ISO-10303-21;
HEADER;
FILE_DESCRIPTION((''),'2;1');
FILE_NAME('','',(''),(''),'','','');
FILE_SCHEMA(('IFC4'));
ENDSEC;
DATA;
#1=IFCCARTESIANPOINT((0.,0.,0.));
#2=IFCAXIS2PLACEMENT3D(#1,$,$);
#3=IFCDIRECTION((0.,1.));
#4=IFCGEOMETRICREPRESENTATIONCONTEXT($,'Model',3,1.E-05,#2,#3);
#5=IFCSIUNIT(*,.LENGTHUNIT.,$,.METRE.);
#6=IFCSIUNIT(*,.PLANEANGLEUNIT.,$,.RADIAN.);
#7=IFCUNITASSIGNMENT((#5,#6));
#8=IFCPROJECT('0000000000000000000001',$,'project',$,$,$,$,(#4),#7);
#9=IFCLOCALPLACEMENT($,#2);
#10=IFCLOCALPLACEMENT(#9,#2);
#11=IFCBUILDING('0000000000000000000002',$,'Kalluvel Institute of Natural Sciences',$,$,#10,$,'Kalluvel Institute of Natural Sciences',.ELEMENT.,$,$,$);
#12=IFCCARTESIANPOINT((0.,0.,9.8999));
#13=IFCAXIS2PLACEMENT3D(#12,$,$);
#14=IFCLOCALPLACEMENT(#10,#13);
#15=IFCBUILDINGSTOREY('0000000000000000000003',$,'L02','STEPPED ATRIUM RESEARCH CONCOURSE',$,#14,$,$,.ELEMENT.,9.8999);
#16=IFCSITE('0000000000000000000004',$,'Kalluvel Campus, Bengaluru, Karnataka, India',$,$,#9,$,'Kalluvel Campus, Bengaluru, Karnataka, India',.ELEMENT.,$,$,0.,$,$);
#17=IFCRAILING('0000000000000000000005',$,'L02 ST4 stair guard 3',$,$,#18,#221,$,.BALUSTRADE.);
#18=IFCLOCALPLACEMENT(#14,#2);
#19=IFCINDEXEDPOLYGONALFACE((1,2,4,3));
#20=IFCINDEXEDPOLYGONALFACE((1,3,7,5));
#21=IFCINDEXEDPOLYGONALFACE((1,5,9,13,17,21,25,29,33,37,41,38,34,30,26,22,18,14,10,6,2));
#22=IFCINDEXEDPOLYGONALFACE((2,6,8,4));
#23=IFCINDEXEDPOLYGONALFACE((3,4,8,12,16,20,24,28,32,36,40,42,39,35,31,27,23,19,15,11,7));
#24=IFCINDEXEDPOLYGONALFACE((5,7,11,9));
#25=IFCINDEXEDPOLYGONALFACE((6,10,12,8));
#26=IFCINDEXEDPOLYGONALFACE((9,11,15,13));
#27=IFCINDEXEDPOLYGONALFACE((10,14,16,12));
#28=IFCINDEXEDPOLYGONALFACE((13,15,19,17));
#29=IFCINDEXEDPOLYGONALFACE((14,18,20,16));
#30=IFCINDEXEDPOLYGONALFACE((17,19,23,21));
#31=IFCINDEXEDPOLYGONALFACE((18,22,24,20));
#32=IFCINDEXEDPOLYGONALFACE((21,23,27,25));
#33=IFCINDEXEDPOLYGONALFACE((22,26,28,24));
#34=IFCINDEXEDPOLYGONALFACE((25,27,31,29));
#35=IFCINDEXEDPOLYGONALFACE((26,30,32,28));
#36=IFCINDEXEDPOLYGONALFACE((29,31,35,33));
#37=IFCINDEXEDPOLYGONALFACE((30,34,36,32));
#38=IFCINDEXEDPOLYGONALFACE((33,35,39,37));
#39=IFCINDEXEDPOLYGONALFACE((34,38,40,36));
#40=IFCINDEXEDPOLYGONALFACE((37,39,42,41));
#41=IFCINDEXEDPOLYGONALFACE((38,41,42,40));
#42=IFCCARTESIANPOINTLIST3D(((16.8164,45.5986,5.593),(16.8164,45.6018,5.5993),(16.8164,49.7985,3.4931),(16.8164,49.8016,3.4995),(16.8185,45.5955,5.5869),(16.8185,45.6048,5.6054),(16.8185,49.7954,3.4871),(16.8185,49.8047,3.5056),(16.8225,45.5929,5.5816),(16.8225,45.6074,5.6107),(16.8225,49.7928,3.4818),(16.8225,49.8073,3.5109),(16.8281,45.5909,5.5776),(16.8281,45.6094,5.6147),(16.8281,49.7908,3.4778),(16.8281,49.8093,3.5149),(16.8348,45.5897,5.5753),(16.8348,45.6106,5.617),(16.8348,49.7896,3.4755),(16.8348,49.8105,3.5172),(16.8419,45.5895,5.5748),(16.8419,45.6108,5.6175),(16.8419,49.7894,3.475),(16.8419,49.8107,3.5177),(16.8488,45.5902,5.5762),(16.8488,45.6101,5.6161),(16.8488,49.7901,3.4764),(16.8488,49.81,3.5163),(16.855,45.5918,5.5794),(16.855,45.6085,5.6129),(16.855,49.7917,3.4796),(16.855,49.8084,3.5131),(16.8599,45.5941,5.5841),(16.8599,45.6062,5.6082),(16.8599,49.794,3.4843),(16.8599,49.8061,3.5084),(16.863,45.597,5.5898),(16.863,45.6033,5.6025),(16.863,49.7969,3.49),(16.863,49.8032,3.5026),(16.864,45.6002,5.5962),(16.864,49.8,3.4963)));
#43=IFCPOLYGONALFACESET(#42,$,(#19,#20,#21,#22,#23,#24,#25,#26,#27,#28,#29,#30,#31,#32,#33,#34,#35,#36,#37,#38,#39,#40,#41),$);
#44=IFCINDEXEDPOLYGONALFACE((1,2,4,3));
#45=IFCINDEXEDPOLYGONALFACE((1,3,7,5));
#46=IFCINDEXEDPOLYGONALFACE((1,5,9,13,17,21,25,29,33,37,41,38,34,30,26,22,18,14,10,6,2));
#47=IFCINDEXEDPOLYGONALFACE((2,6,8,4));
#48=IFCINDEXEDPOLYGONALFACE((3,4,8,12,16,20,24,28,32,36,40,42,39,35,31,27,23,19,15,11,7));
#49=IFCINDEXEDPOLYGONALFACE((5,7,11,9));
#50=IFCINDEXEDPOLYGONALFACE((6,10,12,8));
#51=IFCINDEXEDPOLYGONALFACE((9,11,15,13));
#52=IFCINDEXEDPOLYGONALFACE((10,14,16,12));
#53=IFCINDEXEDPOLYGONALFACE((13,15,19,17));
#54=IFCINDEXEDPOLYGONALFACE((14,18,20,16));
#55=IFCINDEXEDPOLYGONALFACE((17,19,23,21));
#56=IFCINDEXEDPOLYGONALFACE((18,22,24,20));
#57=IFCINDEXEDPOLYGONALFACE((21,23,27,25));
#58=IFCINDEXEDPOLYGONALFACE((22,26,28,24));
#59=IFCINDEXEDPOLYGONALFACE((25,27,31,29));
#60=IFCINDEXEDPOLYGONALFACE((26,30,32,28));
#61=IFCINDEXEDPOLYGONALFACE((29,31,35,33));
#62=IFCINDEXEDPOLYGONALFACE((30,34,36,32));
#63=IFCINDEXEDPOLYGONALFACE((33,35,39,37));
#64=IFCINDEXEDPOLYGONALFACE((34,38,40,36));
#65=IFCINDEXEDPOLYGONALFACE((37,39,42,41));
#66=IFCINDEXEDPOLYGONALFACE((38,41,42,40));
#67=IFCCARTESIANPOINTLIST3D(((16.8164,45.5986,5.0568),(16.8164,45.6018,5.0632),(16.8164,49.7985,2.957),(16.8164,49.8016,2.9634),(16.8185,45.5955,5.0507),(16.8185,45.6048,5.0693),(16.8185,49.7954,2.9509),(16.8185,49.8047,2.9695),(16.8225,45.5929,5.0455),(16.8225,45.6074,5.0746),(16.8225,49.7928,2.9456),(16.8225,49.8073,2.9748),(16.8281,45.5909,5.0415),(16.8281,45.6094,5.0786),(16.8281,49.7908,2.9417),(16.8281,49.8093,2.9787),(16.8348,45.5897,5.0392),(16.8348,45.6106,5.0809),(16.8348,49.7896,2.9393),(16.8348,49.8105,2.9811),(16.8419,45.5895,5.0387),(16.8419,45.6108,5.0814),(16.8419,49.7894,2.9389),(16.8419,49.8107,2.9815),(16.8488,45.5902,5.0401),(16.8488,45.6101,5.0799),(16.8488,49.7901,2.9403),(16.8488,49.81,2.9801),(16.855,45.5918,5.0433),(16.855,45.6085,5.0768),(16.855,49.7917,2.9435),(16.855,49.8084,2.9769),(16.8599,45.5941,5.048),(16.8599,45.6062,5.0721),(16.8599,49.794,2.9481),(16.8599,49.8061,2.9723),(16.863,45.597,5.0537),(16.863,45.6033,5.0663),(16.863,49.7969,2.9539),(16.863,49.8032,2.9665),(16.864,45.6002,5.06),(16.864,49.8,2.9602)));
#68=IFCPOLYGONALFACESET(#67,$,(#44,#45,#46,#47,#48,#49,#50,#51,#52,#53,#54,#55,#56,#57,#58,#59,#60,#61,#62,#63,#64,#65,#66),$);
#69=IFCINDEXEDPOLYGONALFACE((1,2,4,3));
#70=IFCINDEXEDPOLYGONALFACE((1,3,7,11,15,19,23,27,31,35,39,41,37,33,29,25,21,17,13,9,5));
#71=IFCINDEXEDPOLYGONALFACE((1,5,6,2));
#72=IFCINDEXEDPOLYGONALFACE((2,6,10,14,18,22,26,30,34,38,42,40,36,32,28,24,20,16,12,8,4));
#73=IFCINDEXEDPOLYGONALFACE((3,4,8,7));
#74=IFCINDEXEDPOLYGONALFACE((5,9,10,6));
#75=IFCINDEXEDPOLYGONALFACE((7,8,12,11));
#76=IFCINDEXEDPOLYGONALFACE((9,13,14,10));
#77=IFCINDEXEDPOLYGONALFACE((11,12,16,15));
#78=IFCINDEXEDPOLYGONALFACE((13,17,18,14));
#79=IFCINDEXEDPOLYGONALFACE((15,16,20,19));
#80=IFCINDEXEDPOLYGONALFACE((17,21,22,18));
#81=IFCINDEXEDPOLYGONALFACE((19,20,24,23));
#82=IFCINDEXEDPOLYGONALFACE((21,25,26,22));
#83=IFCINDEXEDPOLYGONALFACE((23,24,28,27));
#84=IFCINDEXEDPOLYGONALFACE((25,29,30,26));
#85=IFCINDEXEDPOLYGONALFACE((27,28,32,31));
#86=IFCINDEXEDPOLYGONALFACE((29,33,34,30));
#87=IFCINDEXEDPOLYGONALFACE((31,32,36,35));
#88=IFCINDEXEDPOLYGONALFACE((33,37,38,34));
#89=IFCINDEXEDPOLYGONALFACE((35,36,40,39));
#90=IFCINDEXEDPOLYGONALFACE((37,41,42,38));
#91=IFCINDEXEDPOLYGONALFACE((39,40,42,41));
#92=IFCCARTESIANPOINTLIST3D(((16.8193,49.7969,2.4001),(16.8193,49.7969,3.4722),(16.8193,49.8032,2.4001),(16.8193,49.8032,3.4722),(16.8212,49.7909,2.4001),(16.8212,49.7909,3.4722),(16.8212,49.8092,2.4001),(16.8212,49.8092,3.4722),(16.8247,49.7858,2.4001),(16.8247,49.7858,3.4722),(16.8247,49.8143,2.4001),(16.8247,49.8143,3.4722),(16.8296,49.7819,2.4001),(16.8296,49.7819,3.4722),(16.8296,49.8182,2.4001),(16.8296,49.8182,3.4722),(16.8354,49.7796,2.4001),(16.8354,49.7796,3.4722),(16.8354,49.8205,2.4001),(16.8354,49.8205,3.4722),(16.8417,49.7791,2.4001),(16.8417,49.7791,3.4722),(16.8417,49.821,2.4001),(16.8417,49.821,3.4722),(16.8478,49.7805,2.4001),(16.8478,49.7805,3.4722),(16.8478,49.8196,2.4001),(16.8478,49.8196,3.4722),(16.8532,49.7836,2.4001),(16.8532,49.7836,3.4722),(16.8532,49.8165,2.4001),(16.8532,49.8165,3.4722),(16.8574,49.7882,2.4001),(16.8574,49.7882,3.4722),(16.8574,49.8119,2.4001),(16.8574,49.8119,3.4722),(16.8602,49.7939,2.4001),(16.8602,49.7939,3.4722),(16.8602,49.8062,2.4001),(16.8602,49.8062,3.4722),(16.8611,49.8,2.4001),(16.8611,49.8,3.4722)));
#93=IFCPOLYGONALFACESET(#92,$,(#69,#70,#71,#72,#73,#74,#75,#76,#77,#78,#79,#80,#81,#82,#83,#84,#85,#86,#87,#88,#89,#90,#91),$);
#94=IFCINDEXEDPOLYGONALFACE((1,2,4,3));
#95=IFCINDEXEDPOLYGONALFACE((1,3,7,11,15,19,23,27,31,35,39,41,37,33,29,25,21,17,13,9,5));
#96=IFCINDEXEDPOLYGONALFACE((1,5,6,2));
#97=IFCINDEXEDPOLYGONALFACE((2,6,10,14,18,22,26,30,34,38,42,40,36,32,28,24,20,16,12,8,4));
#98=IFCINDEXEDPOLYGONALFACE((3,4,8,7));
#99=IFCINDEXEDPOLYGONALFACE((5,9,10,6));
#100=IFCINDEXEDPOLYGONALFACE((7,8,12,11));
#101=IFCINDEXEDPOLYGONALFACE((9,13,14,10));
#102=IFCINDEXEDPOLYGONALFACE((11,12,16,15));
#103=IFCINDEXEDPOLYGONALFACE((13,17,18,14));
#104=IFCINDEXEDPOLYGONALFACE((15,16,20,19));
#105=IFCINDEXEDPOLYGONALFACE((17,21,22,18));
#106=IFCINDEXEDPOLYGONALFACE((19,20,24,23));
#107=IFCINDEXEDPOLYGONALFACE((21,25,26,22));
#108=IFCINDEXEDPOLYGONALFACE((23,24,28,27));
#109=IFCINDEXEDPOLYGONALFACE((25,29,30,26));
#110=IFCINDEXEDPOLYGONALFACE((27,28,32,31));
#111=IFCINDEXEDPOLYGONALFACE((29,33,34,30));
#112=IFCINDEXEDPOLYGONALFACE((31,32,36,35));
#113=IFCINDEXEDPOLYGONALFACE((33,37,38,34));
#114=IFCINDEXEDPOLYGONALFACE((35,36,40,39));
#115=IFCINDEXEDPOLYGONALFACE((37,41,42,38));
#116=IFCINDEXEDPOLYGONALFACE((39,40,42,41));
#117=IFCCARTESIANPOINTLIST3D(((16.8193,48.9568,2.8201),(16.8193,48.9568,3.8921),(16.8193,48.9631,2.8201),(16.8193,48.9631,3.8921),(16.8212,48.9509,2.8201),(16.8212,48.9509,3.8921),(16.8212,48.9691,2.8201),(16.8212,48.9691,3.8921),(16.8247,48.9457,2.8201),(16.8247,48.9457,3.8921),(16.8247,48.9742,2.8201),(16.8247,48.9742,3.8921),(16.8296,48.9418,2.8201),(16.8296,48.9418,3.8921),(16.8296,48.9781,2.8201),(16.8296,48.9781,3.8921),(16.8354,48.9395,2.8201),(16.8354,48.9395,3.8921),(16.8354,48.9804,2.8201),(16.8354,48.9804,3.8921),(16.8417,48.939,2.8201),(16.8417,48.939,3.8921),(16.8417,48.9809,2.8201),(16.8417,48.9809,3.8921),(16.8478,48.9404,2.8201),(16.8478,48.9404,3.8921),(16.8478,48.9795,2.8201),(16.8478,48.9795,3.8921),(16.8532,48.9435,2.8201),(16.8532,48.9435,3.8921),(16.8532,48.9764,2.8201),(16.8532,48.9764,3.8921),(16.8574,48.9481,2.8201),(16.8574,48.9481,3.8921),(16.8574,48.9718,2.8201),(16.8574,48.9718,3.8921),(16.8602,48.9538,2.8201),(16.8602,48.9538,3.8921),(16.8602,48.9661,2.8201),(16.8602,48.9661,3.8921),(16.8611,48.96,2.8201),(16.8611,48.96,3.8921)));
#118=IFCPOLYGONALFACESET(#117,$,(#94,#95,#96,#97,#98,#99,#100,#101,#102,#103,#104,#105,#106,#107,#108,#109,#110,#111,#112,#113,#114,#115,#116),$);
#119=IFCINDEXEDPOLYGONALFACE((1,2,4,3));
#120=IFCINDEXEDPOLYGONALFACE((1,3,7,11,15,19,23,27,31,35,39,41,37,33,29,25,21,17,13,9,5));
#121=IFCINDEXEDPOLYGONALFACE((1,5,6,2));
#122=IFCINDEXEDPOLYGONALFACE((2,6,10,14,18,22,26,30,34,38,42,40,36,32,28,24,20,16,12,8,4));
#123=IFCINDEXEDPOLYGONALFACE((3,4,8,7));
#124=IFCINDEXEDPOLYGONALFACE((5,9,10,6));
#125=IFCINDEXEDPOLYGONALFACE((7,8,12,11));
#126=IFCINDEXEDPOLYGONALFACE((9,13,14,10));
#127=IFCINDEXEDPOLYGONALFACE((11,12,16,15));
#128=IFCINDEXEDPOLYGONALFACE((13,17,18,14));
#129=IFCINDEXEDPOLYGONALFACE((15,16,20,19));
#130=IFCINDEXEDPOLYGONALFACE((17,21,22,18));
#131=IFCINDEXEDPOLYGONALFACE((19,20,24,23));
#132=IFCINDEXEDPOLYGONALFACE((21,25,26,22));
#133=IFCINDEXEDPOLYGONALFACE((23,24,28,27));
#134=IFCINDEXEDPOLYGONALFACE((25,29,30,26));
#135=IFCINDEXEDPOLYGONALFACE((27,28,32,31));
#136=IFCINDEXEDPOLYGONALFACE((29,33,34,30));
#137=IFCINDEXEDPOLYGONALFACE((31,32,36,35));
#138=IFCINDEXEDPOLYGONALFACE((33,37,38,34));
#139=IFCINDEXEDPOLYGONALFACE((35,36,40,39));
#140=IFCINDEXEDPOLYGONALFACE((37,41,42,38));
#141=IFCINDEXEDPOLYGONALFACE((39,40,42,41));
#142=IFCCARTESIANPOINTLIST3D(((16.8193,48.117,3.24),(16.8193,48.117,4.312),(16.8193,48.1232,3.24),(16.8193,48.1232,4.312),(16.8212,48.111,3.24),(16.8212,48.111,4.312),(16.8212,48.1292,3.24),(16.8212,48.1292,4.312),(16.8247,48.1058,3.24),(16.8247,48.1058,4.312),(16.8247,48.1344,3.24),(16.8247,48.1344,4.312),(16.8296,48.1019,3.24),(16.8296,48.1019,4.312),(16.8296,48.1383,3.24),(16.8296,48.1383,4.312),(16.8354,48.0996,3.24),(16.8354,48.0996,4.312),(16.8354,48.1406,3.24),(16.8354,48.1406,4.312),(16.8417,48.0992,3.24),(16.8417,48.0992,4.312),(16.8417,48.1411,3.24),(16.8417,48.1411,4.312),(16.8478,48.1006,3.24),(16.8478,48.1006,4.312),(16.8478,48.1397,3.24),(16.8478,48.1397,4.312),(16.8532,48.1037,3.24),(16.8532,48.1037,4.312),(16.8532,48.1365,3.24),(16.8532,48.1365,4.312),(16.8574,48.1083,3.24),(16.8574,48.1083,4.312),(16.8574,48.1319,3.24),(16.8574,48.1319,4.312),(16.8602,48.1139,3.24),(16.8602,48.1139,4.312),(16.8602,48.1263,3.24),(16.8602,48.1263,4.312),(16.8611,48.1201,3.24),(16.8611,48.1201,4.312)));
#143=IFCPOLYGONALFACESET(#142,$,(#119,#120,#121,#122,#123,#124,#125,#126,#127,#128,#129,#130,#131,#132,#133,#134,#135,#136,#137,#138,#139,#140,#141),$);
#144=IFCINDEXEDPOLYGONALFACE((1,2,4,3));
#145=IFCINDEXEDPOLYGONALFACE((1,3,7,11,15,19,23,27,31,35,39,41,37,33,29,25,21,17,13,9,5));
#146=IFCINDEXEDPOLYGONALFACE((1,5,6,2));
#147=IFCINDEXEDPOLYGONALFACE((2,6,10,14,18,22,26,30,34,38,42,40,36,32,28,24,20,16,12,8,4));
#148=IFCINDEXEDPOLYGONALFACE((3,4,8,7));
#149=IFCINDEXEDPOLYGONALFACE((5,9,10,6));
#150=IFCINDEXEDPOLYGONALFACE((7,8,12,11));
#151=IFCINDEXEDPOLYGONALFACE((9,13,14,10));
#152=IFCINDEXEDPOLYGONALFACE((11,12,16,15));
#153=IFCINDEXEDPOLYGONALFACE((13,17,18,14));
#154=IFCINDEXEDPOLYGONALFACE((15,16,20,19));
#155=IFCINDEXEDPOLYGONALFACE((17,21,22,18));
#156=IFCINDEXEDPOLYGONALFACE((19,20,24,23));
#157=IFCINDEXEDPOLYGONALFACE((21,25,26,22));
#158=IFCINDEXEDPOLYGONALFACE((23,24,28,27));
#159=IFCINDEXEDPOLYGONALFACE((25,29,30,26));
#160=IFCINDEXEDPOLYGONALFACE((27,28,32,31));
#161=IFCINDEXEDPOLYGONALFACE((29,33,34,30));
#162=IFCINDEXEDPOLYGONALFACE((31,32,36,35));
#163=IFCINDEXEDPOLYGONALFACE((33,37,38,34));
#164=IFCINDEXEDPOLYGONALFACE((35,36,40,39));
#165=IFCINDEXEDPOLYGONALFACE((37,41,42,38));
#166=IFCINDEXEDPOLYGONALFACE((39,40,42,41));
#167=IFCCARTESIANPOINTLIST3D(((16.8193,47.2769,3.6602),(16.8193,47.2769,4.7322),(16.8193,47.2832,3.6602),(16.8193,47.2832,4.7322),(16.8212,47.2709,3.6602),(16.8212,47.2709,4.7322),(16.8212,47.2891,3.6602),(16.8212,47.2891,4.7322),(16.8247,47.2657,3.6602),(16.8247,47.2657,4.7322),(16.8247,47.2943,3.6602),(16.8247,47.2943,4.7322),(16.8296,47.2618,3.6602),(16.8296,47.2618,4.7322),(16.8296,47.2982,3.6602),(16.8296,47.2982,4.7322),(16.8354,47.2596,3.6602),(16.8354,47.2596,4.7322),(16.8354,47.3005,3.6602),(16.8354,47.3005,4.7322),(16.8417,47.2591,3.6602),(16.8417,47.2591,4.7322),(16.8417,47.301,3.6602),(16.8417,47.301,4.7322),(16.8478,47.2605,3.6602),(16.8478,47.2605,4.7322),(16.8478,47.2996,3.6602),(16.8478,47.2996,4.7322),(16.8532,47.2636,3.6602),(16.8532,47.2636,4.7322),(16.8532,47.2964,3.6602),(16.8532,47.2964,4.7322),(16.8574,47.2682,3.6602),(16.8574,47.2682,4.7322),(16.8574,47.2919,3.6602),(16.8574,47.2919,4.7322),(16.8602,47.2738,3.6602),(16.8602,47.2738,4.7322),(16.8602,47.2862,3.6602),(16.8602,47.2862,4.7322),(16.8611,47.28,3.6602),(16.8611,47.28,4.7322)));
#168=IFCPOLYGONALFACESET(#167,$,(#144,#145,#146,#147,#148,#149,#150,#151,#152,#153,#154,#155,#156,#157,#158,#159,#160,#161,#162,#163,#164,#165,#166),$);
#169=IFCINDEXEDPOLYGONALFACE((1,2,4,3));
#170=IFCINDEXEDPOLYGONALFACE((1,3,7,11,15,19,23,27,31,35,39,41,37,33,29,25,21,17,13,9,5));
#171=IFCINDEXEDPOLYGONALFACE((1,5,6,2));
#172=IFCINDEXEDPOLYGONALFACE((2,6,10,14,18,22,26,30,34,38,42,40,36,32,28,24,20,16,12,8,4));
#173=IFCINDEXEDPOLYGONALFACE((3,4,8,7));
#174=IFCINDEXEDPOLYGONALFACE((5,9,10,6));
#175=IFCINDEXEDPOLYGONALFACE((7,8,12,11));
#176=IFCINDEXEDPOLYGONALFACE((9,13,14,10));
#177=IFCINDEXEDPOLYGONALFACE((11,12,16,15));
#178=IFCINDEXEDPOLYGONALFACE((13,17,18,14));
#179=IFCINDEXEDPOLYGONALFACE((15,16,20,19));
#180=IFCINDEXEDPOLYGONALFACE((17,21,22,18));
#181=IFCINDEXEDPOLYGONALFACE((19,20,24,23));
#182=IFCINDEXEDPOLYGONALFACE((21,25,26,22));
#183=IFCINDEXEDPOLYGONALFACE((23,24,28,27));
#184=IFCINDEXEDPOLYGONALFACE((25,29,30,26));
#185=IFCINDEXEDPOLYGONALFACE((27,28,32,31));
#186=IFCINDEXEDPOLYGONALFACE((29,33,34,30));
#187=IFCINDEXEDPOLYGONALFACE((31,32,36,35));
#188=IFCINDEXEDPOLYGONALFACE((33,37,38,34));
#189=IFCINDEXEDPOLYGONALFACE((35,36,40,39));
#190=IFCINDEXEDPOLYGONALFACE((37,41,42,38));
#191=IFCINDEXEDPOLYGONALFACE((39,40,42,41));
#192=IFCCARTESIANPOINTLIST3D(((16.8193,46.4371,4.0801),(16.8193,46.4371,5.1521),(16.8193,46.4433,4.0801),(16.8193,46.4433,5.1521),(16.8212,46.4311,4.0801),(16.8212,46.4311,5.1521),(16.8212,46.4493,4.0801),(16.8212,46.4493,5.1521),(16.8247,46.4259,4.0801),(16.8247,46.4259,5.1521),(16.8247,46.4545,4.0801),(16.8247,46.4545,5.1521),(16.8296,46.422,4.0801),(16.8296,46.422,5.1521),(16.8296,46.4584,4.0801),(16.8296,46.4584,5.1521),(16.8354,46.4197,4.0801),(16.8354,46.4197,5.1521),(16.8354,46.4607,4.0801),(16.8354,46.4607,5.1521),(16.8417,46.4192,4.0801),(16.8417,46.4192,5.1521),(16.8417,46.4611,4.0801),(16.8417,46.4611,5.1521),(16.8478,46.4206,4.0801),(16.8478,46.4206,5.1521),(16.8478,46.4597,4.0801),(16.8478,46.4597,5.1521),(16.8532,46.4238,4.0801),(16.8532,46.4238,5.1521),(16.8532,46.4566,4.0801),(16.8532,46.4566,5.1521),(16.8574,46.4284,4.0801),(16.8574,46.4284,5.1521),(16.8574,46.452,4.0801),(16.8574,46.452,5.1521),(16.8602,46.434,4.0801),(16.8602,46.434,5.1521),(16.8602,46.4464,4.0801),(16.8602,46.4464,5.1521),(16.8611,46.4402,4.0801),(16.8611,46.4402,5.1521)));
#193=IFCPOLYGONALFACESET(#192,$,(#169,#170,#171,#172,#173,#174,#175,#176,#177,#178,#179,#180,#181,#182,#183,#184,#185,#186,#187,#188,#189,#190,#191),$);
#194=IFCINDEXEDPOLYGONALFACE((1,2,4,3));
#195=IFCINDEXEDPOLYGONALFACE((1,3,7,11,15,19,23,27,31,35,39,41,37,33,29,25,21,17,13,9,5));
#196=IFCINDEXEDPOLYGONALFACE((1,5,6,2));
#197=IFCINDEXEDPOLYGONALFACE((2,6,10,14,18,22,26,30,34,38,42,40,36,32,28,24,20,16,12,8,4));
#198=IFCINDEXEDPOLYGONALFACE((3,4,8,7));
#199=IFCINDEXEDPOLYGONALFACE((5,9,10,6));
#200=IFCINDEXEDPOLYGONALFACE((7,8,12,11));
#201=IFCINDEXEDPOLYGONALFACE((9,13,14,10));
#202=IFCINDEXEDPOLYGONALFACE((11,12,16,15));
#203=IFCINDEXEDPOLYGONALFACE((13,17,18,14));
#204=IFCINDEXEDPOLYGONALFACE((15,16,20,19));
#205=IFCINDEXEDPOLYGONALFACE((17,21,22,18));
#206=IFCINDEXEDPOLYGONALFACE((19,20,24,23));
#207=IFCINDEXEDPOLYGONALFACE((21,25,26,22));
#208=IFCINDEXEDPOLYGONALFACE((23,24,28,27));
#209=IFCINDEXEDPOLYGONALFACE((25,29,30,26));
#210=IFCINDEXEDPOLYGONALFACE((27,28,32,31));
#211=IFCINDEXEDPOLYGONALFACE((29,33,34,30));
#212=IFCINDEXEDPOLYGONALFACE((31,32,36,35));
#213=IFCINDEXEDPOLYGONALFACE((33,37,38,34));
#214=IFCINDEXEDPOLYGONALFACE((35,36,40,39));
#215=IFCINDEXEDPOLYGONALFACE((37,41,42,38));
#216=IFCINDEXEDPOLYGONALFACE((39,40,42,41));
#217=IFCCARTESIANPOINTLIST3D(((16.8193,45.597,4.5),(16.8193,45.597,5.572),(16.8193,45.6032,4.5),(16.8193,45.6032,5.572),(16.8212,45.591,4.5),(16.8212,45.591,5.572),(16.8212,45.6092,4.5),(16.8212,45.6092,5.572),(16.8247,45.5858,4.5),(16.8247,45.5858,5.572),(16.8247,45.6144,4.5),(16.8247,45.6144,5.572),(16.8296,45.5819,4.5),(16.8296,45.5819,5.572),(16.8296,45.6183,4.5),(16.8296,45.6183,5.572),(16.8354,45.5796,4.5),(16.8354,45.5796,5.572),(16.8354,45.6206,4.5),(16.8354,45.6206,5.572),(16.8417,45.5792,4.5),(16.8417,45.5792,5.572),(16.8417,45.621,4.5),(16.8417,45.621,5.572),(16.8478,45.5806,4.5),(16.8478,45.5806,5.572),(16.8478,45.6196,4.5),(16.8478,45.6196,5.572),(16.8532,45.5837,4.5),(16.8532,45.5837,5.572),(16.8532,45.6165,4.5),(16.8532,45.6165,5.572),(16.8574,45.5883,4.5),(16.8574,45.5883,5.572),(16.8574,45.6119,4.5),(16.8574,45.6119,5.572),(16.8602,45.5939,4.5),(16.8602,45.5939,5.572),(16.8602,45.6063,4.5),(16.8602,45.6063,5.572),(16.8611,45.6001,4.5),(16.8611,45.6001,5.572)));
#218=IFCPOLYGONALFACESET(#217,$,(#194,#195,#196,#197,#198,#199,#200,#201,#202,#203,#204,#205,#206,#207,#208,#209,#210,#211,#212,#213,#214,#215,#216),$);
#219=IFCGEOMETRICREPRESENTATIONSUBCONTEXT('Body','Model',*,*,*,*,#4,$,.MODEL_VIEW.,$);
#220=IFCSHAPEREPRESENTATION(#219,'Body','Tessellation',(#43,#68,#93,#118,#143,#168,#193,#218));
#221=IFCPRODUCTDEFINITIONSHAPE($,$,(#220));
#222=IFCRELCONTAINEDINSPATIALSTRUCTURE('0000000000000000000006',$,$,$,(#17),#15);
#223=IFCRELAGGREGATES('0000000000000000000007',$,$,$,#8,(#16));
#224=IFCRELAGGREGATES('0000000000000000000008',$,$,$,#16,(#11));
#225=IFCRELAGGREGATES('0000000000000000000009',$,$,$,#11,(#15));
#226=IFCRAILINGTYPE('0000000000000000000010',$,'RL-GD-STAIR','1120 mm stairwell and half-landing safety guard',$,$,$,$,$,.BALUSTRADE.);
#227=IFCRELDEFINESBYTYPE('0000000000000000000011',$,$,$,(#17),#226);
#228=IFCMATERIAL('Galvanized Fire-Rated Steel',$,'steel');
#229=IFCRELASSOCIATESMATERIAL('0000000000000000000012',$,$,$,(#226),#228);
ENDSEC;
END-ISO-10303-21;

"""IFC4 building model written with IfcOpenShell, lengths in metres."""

from ifc_helpers import new_model, si_unit, direction, frame, origin, origin_2d, place, context, subcontext, project, spatial, circle, extrude, material, type_object, element, save


model = new_model("IFC4")

# Units and contexts
model_context = context("Model", 3, precision=1e-05, world=origin(), true_north=direction((0.0, 1.0)))
body_context = subcontext(model_context, "Body", "Model", "MODEL_VIEW")
ifc_project = project(units=[si_unit("LENGTHUNIT", "METRE"), si_unit("PLANEANGLEUNIT", "RADIAN")], contexts=[model_context])

# Site, building, storey
site_placement = place(None, origin())
site = spatial("IfcSite", under=ifc_project, at=site_placement, Name="Kalluvel Campus, Bengaluru, Karnataka, India", LongName="Kalluvel Campus, Bengaluru, Karnataka, India", CompositionType="ELEMENT", RefElevation=0.0)
building_placement = place(site_placement, origin())
building = spatial("IfcBuilding", under=site, at=building_placement, Name="Kalluvel Institute of Natural Sciences", LongName="Kalluvel Institute of Natural Sciences", CompositionType="ELEMENT")
storey_placement = place(building_placement, frame((0.0, 0.0, 9.8999)))
storey = spatial("IfcBuildingStorey", under=building, at=storey_placement, Name="L02", Description="STEPPED ATRIUM RESEARCH CONCOURSE", CompositionType="ELEMENT", Elevation=9.8999)

# Shared definitions
ifc_material_1 = material(Name="Galvanized Fire-Rated Steel", Category="steel")

# Railing
railing_type_1 = type_object("IfcRailingType", Name="RL-GD-STAIR", Description="1120 mm stairwell and half-landing safety guard", PredefinedType="BALUSTRADE", material=ifc_material_1)
railing_1_placement = place(storey_placement, frame((16.8401, 49.8, 2.4001)))
element("IfcRailing", 1, at=railing_1_placement, inside=storey, type_object=railing_type_1, Name="L02 ST4 stair guard 3", PredefinedType="BALUSTRADE", context=body_context, shape_type="SweptSolid", body=[
    extrude(circle(Radius=0.0239, at=origin_2d()), frame((0.0, 0.0, 1.0962), z_axis=(0.0, -0.894438, 0.447193), x_axis=(1.0, 0.0, 0.0)), (0.0, 0.0, 1.0), 4.6956),
    extrude(circle(Radius=0.0239, at=origin_2d()), frame((0.0, 0.0, 0.5601), z_axis=(0.0, -0.894438, 0.447193), x_axis=(1.0, 0.0, 0.0)), (0.0, 0.0, 1.0), 4.6956),
    extrude(circle(Radius=0.021, at=origin_2d()), origin(), (0.0, 0.0, 1.0), 1.072),
    extrude(circle(Radius=0.021, at=origin_2d()), frame((0.0, -0.8401, 0.4199)), (0.0, 0.0, 1.0), 1.072),
    extrude(circle(Radius=0.021, at=origin_2d()), frame((0.0, -1.6799, 0.8398)), (0.0, 0.0, 1.0), 1.072),
    extrude(circle(Radius=0.021, at=origin_2d()), frame((0.0, -2.52, 1.26)), (0.0, 0.0, 1.0), 1.072),
    extrude(circle(Radius=0.021, at=origin_2d()), frame((0.0, -3.3599, 1.6799)), (0.0, 0.0, 1.0), 1.072),
    extrude(circle(Radius=0.021, at=origin_2d()), frame((0.0, -4.2, 2.0999)), (0.0, 0.0, 1.0), 1.072),
])

save(model, "model.ifc")
